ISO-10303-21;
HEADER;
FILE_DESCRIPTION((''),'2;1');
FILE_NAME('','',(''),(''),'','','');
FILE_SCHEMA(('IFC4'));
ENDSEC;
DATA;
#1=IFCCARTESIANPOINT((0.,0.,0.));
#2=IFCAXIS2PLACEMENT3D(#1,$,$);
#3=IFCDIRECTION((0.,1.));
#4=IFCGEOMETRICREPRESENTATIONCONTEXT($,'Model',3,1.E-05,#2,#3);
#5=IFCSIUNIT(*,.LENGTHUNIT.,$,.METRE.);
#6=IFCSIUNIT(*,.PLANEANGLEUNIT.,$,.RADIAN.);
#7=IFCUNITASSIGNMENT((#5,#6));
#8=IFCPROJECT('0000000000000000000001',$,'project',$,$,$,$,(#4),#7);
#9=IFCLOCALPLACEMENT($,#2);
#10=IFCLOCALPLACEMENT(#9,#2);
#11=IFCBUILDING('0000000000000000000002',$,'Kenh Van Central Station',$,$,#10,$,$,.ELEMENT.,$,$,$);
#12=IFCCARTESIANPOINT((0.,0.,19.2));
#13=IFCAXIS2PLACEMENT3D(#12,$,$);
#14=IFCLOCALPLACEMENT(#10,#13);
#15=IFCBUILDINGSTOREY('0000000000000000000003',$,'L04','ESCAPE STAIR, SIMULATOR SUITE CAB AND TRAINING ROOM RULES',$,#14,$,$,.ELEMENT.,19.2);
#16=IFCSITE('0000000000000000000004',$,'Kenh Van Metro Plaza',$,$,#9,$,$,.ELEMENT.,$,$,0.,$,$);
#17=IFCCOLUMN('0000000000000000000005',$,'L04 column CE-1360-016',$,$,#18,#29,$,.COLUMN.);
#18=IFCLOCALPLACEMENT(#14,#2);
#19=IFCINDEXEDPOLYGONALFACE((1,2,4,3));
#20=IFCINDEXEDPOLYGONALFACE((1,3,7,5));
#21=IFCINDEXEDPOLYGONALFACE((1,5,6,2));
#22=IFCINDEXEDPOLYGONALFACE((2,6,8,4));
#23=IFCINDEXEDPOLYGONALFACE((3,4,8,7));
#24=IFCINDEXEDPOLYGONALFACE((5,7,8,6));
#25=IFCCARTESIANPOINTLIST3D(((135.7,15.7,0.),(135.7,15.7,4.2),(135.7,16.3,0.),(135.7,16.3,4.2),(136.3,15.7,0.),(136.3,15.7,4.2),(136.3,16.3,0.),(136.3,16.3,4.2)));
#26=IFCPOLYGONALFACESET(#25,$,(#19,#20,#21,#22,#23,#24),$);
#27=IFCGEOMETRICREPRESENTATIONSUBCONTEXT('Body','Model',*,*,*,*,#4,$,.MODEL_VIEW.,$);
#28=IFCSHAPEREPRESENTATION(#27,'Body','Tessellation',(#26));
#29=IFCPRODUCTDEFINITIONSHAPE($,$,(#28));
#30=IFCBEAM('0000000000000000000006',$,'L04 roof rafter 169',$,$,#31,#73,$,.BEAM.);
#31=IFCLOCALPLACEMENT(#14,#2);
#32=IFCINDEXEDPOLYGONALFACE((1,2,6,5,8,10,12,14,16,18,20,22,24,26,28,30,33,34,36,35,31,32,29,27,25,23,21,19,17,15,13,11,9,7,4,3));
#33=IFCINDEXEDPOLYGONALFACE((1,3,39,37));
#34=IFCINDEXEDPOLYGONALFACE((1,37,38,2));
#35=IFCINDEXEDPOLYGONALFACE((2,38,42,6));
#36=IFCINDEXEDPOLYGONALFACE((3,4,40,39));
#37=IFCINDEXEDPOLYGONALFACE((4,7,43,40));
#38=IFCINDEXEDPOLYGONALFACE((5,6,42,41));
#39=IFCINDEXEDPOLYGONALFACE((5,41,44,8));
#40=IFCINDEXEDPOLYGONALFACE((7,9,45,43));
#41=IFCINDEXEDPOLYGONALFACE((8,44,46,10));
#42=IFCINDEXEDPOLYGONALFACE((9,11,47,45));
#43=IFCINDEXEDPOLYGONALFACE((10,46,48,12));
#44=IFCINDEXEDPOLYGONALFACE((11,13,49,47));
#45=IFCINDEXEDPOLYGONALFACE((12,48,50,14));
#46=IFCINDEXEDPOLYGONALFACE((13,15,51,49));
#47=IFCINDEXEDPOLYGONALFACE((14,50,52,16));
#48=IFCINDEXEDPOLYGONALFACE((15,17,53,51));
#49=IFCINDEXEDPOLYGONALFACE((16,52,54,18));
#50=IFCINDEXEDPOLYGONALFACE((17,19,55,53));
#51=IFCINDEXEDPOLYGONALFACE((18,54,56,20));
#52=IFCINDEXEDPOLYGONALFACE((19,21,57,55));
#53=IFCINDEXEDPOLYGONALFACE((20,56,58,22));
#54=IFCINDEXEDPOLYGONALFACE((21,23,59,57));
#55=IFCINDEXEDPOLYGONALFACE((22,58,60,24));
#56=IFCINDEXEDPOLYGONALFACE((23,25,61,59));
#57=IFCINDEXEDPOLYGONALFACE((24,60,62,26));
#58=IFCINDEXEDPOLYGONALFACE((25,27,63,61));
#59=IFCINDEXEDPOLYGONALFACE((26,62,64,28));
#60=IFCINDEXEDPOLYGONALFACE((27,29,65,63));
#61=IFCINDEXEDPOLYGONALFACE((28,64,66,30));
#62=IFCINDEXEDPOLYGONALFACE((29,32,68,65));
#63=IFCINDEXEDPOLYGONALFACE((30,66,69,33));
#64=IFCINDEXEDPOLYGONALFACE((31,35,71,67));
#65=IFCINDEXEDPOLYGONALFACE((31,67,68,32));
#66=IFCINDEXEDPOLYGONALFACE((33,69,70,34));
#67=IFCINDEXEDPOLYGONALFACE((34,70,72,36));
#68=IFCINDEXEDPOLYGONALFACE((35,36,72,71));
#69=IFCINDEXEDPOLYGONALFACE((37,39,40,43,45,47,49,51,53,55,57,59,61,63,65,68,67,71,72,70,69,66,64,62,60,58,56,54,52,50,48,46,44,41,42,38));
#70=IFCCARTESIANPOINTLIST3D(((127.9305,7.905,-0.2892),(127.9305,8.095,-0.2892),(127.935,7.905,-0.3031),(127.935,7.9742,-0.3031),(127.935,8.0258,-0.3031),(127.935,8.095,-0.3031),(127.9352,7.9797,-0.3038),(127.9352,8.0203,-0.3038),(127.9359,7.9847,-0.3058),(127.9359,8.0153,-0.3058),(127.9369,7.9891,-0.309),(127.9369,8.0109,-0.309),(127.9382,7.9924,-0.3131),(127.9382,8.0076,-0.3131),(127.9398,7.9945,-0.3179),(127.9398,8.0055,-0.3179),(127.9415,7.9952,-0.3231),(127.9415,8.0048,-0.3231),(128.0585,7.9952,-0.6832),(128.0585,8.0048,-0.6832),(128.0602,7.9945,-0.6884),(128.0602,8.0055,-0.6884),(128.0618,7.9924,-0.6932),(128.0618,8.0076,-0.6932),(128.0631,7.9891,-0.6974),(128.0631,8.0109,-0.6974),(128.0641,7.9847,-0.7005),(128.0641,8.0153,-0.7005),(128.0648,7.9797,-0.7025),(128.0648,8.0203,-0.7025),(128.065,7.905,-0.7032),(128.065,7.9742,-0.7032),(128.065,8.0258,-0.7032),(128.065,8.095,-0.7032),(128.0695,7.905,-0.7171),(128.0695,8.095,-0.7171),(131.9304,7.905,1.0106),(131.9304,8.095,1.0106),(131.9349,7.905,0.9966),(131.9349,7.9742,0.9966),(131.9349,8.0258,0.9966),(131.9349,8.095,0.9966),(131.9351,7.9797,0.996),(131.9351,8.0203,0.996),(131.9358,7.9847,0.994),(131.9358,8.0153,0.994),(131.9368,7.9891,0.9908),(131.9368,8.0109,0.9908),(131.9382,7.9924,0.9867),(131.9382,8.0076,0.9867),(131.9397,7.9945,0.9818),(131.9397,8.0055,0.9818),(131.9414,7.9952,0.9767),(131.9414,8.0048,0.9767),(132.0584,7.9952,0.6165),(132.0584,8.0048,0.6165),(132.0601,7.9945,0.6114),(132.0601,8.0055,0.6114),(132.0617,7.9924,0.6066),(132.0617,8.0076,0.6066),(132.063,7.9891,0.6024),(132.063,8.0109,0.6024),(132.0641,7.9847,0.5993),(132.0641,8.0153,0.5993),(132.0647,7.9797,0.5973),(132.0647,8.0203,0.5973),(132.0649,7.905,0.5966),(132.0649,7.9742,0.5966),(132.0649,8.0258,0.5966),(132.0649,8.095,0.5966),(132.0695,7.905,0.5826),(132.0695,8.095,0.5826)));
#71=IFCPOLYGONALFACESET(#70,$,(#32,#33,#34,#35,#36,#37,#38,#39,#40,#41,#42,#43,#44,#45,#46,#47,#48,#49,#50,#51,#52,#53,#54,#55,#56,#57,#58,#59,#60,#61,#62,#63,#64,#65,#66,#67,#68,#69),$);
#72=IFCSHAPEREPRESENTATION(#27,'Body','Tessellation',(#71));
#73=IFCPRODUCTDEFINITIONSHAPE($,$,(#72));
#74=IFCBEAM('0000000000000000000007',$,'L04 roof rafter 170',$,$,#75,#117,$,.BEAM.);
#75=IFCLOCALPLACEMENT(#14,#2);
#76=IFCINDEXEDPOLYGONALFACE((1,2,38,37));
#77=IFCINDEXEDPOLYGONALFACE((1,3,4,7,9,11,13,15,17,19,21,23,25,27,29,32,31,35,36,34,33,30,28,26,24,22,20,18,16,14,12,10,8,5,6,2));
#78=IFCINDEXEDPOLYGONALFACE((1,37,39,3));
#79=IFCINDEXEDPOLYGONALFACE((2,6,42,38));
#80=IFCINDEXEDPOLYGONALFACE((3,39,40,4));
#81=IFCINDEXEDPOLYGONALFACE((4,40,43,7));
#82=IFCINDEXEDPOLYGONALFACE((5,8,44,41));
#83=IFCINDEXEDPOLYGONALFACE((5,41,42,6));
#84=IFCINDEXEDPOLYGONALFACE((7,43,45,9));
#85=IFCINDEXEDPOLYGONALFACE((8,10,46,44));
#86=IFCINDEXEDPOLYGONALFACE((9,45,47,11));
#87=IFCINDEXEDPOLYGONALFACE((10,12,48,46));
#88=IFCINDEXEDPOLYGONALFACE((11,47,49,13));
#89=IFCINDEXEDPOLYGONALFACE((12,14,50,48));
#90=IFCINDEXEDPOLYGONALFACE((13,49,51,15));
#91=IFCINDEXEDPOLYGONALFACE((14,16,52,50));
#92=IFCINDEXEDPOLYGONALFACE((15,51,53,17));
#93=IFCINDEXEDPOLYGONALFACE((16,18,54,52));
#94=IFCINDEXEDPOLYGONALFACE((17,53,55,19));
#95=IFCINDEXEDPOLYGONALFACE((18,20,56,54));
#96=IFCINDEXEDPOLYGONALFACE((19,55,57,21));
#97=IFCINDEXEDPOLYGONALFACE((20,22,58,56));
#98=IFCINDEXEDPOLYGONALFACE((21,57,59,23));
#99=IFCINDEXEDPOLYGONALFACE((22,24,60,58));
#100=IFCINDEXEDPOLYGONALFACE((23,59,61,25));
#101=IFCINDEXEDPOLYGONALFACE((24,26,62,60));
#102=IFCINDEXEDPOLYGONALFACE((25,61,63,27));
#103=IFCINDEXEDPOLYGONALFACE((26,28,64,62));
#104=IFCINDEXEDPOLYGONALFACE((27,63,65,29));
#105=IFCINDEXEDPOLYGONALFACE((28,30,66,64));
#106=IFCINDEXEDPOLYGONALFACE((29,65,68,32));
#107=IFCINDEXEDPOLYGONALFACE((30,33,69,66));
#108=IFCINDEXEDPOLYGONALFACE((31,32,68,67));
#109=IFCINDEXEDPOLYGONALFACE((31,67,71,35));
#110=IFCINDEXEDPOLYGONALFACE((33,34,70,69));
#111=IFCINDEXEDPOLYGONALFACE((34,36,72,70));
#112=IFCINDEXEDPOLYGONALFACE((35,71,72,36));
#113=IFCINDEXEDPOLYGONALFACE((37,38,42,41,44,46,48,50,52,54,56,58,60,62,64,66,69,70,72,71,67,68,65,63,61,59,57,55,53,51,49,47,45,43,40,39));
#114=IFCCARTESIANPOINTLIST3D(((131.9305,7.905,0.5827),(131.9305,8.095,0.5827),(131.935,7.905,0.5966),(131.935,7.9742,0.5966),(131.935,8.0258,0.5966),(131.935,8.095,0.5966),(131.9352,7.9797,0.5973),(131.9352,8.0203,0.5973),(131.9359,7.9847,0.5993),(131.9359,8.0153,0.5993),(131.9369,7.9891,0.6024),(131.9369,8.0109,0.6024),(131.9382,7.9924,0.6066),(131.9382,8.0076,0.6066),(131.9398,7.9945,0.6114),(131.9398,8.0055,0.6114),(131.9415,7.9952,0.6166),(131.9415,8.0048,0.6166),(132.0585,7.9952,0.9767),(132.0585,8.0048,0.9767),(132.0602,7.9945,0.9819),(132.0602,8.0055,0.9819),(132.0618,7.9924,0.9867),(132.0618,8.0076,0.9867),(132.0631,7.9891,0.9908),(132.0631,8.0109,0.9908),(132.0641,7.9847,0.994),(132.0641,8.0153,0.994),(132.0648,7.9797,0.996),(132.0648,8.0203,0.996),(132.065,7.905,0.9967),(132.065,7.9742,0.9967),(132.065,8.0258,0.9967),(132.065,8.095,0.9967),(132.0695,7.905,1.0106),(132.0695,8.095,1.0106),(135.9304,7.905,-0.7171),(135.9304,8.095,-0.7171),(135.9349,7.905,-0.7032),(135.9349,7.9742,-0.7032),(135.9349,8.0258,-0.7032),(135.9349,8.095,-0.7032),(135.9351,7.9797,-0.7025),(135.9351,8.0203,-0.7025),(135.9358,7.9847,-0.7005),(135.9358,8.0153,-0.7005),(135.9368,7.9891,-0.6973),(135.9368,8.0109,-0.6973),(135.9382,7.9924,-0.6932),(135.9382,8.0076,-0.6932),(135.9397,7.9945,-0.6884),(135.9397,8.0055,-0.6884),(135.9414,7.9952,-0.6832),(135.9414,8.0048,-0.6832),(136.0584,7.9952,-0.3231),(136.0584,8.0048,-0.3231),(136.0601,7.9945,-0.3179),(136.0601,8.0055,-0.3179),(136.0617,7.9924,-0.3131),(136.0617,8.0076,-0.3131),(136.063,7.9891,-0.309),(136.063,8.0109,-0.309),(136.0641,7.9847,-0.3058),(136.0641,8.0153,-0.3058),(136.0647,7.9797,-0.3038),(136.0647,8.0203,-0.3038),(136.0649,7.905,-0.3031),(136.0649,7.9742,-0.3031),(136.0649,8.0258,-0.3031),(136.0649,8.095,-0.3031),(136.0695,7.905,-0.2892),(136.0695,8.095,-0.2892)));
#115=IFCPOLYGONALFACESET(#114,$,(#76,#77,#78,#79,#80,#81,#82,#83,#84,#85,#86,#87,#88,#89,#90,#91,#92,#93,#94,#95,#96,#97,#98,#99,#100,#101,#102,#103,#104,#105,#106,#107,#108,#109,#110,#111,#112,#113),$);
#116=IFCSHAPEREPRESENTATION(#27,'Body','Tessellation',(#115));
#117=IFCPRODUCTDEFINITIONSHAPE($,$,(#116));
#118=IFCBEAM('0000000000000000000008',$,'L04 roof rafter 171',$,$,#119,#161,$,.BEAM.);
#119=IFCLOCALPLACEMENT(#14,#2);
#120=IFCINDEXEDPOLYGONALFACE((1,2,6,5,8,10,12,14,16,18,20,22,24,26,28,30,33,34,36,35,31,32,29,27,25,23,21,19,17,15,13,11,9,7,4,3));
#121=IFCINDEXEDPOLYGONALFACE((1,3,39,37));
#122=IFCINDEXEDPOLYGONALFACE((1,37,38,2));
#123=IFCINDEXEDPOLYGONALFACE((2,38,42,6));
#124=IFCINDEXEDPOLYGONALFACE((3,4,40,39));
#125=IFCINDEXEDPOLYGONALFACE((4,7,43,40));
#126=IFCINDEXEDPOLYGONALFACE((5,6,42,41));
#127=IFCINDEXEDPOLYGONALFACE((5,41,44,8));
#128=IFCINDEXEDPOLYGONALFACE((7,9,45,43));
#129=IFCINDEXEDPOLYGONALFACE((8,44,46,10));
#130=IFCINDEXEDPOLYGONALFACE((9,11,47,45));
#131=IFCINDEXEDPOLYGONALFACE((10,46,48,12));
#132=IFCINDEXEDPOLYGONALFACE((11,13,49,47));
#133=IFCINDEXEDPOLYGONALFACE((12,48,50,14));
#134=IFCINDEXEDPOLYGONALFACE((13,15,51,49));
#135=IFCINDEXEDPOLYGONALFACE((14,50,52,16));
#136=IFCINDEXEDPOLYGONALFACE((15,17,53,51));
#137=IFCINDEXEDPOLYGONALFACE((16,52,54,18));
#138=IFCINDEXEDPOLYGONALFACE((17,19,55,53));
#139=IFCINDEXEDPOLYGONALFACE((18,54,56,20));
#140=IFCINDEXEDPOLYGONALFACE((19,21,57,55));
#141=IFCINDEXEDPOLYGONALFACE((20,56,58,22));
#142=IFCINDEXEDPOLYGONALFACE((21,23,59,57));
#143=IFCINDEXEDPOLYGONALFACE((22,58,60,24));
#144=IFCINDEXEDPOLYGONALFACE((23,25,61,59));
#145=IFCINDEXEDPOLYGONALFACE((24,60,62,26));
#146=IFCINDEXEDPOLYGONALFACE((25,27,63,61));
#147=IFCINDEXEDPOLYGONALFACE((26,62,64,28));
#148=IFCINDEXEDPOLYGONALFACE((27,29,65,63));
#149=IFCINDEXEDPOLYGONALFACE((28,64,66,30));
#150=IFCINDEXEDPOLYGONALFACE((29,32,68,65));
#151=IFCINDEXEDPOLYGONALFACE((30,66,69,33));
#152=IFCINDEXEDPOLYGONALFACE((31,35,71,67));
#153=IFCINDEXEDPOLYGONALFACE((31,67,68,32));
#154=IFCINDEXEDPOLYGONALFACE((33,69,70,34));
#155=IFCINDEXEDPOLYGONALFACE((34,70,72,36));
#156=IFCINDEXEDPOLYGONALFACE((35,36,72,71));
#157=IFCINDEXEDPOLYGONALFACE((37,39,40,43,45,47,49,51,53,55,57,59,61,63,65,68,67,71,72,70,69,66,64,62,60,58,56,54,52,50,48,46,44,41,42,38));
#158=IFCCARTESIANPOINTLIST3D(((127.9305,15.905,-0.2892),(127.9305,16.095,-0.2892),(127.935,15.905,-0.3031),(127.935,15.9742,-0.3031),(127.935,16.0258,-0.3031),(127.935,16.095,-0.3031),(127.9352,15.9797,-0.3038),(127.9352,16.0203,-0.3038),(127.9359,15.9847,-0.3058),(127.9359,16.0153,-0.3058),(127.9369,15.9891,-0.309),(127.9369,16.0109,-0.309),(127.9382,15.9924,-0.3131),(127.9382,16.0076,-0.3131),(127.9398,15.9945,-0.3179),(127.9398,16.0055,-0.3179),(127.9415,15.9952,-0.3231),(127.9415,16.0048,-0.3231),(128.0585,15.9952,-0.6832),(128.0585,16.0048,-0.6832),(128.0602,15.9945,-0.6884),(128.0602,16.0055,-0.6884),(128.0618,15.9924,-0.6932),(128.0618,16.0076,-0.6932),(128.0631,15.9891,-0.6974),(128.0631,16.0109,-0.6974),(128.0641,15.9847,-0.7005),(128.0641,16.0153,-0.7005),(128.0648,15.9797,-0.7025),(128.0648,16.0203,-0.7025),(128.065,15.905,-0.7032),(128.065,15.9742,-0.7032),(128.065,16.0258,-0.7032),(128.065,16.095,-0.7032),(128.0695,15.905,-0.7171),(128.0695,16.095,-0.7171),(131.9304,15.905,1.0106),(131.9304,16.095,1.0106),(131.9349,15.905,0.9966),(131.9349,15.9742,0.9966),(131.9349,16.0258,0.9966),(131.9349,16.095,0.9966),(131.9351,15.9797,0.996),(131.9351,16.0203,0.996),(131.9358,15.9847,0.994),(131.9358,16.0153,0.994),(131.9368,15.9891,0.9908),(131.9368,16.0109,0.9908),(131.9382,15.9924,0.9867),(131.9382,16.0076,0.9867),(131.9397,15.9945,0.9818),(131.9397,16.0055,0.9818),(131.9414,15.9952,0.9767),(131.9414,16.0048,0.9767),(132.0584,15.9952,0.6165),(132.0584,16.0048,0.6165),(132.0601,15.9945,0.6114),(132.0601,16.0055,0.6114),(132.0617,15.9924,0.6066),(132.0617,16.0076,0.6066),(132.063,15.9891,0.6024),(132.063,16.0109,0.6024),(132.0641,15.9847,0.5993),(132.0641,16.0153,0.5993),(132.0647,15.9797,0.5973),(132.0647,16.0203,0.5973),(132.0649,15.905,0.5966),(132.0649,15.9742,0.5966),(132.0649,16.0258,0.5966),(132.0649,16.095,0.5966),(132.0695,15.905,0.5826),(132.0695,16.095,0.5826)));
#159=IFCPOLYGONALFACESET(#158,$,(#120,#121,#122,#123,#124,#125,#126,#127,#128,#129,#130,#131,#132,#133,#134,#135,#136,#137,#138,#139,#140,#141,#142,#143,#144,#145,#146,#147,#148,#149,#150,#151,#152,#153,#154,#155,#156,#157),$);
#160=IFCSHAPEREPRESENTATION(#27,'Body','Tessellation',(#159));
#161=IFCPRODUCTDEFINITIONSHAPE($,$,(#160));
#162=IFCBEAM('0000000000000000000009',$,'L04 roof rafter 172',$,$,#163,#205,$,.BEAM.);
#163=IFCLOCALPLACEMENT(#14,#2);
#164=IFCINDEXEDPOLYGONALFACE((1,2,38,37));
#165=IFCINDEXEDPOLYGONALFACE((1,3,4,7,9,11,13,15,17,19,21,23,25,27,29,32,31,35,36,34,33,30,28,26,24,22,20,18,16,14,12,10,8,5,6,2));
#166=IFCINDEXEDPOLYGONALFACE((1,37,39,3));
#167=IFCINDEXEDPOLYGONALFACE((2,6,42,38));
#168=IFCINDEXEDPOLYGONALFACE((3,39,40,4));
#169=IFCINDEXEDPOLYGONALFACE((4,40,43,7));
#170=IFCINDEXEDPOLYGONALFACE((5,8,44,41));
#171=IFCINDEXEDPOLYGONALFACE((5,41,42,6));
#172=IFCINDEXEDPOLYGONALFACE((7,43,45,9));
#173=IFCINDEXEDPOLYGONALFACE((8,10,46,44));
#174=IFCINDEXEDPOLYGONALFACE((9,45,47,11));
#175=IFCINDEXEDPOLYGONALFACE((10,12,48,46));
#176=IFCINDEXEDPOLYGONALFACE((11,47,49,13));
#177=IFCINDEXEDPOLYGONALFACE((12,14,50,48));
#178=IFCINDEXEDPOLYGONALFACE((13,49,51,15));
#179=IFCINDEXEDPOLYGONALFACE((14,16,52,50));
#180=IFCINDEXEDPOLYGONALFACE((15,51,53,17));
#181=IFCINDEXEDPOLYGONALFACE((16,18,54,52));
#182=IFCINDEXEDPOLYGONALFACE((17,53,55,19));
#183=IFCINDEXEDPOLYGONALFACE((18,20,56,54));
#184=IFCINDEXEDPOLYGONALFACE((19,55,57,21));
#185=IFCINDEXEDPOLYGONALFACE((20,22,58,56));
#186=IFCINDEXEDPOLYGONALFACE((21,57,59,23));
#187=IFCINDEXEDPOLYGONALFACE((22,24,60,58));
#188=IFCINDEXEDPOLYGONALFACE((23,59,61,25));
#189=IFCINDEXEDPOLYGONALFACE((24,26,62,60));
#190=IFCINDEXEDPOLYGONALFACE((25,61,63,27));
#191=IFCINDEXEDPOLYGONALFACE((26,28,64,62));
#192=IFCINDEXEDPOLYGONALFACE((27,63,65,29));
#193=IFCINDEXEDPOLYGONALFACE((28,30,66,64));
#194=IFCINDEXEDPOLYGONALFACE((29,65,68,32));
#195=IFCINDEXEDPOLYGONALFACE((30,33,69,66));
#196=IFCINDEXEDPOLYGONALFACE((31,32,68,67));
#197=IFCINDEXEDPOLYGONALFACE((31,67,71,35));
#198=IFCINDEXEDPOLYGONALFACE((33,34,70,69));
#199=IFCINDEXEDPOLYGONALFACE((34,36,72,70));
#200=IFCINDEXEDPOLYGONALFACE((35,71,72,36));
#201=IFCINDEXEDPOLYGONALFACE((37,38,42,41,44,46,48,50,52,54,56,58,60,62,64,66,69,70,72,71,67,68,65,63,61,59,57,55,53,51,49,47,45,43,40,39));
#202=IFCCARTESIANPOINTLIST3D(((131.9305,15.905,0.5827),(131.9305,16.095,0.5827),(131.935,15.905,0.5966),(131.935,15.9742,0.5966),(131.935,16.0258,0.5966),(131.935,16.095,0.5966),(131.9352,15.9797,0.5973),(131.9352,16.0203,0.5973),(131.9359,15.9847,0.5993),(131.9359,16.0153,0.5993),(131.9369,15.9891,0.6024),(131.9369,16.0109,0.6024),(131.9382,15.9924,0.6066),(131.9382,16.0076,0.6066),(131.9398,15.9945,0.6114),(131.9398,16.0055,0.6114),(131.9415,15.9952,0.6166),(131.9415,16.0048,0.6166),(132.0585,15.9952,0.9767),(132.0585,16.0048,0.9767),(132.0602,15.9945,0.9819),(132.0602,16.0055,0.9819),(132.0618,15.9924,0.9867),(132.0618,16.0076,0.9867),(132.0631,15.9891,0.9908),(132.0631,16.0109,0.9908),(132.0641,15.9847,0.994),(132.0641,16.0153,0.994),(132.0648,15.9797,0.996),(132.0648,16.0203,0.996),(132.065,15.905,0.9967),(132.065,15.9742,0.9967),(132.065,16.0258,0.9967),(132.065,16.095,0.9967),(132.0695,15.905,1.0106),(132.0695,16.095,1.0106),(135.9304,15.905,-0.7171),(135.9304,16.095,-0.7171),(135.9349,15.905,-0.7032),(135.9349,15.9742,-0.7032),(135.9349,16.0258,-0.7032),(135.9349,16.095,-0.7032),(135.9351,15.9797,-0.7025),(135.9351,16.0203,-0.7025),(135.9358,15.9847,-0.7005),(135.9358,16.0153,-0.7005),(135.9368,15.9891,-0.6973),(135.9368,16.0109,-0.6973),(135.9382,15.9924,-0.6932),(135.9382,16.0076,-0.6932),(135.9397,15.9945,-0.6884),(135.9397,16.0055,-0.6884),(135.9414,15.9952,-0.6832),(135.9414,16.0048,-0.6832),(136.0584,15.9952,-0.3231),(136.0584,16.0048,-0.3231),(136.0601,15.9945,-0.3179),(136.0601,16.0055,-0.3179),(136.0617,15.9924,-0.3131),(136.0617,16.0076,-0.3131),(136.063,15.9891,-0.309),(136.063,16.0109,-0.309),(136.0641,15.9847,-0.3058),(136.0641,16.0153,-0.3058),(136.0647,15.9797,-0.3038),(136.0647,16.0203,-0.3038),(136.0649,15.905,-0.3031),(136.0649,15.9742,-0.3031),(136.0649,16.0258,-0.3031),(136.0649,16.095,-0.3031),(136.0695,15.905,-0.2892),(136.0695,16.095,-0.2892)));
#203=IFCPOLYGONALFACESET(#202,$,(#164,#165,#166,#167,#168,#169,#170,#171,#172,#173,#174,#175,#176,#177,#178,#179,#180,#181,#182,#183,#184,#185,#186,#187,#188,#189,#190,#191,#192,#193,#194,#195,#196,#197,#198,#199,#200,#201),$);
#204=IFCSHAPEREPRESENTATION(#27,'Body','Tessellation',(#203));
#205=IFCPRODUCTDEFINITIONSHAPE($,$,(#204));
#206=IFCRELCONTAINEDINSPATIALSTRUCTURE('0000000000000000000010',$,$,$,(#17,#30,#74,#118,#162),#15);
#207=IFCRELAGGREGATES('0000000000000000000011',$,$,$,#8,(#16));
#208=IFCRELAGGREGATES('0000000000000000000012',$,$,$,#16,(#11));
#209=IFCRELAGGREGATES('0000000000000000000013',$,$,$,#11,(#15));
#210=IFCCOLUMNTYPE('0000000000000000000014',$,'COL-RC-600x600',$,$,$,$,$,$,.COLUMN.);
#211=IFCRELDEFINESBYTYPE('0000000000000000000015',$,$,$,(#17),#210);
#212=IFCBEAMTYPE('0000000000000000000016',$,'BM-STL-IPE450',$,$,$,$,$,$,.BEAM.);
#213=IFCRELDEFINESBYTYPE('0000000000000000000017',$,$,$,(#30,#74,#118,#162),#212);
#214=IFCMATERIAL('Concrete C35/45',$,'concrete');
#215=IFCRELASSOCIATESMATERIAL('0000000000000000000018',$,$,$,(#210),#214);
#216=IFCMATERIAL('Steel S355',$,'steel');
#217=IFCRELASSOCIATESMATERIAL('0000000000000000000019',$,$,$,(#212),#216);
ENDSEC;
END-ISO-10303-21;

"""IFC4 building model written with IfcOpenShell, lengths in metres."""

from ifc_helpers import new_model, si_unit, direction, frame, origin, origin_2d, place, context, subcontext, project, spatial, rectangle, i_section, extrude, material, material_profile, profile_set, type_object, element, save


model = new_model("IFC4")

# Units and contexts
model_context = context("Model", 3, precision=1e-05, world=origin(), true_north=direction((0.0, 1.0)))
body_context = subcontext(model_context, "Body", "Model", "MODEL_VIEW")
ifc_project = project(units=[si_unit("LENGTHUNIT", "METRE"), si_unit("PLANEANGLEUNIT", "RADIAN")], contexts=[model_context])

# Site, building, storey
site_placement = place(None, origin())
site = spatial("IfcSite", under=ifc_project, at=site_placement, Name="Kenh Van Metro Plaza", CompositionType="ELEMENT", RefElevation=0.0)
building_placement = place(site_placement, origin())
building = spatial("IfcBuilding", under=site, at=building_placement, Name="Kenh Van Central Station", CompositionType="ELEMENT")
storey_placement = place(building_placement, frame((0.0, 0.0, 19.2)))
storey = spatial("IfcBuildingStorey", under=building, at=storey_placement, Name="L04", Description="ESCAPE STAIR, SIMULATOR SUITE CAB AND TRAINING ROOM RULES", CompositionType="ELEMENT", Elevation=19.2)

# Column
ifc_material_1 = material(Name="Concrete C35/45", Category="concrete")
ifc_material_profile_1 = material_profile(ifc_material_1, rectangle(XDim=0.6001, YDim=0.6001, at=origin_2d()), Name="RC 600x600")
ifc_profile_set_1 = profile_set([ifc_material_profile_1], Name="Concrete C35/45")
column_type = type_object("IfcColumnType", Name="COL-RC-600x600", PredefinedType="COLUMN", material=ifc_profile_set_1)
column_placement = place(storey_placement, frame((136.0, 16.0, 0.0), z_axis=(0.0, 0.0, 1.0), x_axis=(1.0, 0.0, 0.0)))
element("IfcColumn", 1, at=column_placement, inside=storey, type_object=column_type, Name="L04 column CE-1360-016", PredefinedType="COLUMN", context=body_context, shape_type="SweptSolid", body=[
    extrude(rectangle(XDim=0.6001, YDim=0.6001, at=origin_2d()), origin(), (0.0, 0.0, 1.0), 4.2),
])

# Beams
ifc_material_2 = material(Name="Steel S355", Category="steel")
ifc_material_profile_2 = material_profile(ifc_material_2, i_section(OverallWidth=0.1899, OverallDepth=0.45, WebThickness=0.0095, FlangeThickness=0.0146, FilletRadius=0.021, at=origin_2d()), Name="IPE 450")
ifc_profile_set_2 = profile_set([ifc_material_profile_2], Name="Steel S355")
beam_type = type_object("IfcBeamType", Name="BM-STL-IPE450", PredefinedType="BEAM", material=ifc_profile_set_2)
for number, where, z_axis, x_axis, name in (
    (2, (128.0, 8.0, -0.5032), (0.951048, 0.0, 0.309044), (0.0, 1.0, 0.0), "L04 roof rafter 169"),
    (3, (132.0, 8.0, 0.7966), (0.951048, 0.0, -0.309044), (0.0, 1.0, 0.0), "L04 roof rafter 170"),
    (4, (128.0, 16.0, -0.5032), (0.951048, 0.0, 0.309044), (0.0, 1.0, 0.0), "L04 roof rafter 171"),
    (5, (132.0, 16.0, 0.7966), (0.951048, 0.0, -0.309044), (0.0, 1.0, 0.0), "L04 roof rafter 172"),
):
    element("IfcBeam", number, at=place(storey_placement, frame(where, z_axis=z_axis, x_axis=x_axis)), inside=storey, type_object=beam_type, Name=name, PredefinedType="BEAM", context=body_context, shape_type="SweptSolid", body=[
        extrude(i_section(OverallWidth=0.1899, OverallDepth=0.45, WebThickness=0.0095, FlangeThickness=0.0146, FilletRadius=0.021, at=origin_2d()), origin(), (0.0, 0.0, 1.0), 4.2058),
    ])

save(model, "model.ifc")
